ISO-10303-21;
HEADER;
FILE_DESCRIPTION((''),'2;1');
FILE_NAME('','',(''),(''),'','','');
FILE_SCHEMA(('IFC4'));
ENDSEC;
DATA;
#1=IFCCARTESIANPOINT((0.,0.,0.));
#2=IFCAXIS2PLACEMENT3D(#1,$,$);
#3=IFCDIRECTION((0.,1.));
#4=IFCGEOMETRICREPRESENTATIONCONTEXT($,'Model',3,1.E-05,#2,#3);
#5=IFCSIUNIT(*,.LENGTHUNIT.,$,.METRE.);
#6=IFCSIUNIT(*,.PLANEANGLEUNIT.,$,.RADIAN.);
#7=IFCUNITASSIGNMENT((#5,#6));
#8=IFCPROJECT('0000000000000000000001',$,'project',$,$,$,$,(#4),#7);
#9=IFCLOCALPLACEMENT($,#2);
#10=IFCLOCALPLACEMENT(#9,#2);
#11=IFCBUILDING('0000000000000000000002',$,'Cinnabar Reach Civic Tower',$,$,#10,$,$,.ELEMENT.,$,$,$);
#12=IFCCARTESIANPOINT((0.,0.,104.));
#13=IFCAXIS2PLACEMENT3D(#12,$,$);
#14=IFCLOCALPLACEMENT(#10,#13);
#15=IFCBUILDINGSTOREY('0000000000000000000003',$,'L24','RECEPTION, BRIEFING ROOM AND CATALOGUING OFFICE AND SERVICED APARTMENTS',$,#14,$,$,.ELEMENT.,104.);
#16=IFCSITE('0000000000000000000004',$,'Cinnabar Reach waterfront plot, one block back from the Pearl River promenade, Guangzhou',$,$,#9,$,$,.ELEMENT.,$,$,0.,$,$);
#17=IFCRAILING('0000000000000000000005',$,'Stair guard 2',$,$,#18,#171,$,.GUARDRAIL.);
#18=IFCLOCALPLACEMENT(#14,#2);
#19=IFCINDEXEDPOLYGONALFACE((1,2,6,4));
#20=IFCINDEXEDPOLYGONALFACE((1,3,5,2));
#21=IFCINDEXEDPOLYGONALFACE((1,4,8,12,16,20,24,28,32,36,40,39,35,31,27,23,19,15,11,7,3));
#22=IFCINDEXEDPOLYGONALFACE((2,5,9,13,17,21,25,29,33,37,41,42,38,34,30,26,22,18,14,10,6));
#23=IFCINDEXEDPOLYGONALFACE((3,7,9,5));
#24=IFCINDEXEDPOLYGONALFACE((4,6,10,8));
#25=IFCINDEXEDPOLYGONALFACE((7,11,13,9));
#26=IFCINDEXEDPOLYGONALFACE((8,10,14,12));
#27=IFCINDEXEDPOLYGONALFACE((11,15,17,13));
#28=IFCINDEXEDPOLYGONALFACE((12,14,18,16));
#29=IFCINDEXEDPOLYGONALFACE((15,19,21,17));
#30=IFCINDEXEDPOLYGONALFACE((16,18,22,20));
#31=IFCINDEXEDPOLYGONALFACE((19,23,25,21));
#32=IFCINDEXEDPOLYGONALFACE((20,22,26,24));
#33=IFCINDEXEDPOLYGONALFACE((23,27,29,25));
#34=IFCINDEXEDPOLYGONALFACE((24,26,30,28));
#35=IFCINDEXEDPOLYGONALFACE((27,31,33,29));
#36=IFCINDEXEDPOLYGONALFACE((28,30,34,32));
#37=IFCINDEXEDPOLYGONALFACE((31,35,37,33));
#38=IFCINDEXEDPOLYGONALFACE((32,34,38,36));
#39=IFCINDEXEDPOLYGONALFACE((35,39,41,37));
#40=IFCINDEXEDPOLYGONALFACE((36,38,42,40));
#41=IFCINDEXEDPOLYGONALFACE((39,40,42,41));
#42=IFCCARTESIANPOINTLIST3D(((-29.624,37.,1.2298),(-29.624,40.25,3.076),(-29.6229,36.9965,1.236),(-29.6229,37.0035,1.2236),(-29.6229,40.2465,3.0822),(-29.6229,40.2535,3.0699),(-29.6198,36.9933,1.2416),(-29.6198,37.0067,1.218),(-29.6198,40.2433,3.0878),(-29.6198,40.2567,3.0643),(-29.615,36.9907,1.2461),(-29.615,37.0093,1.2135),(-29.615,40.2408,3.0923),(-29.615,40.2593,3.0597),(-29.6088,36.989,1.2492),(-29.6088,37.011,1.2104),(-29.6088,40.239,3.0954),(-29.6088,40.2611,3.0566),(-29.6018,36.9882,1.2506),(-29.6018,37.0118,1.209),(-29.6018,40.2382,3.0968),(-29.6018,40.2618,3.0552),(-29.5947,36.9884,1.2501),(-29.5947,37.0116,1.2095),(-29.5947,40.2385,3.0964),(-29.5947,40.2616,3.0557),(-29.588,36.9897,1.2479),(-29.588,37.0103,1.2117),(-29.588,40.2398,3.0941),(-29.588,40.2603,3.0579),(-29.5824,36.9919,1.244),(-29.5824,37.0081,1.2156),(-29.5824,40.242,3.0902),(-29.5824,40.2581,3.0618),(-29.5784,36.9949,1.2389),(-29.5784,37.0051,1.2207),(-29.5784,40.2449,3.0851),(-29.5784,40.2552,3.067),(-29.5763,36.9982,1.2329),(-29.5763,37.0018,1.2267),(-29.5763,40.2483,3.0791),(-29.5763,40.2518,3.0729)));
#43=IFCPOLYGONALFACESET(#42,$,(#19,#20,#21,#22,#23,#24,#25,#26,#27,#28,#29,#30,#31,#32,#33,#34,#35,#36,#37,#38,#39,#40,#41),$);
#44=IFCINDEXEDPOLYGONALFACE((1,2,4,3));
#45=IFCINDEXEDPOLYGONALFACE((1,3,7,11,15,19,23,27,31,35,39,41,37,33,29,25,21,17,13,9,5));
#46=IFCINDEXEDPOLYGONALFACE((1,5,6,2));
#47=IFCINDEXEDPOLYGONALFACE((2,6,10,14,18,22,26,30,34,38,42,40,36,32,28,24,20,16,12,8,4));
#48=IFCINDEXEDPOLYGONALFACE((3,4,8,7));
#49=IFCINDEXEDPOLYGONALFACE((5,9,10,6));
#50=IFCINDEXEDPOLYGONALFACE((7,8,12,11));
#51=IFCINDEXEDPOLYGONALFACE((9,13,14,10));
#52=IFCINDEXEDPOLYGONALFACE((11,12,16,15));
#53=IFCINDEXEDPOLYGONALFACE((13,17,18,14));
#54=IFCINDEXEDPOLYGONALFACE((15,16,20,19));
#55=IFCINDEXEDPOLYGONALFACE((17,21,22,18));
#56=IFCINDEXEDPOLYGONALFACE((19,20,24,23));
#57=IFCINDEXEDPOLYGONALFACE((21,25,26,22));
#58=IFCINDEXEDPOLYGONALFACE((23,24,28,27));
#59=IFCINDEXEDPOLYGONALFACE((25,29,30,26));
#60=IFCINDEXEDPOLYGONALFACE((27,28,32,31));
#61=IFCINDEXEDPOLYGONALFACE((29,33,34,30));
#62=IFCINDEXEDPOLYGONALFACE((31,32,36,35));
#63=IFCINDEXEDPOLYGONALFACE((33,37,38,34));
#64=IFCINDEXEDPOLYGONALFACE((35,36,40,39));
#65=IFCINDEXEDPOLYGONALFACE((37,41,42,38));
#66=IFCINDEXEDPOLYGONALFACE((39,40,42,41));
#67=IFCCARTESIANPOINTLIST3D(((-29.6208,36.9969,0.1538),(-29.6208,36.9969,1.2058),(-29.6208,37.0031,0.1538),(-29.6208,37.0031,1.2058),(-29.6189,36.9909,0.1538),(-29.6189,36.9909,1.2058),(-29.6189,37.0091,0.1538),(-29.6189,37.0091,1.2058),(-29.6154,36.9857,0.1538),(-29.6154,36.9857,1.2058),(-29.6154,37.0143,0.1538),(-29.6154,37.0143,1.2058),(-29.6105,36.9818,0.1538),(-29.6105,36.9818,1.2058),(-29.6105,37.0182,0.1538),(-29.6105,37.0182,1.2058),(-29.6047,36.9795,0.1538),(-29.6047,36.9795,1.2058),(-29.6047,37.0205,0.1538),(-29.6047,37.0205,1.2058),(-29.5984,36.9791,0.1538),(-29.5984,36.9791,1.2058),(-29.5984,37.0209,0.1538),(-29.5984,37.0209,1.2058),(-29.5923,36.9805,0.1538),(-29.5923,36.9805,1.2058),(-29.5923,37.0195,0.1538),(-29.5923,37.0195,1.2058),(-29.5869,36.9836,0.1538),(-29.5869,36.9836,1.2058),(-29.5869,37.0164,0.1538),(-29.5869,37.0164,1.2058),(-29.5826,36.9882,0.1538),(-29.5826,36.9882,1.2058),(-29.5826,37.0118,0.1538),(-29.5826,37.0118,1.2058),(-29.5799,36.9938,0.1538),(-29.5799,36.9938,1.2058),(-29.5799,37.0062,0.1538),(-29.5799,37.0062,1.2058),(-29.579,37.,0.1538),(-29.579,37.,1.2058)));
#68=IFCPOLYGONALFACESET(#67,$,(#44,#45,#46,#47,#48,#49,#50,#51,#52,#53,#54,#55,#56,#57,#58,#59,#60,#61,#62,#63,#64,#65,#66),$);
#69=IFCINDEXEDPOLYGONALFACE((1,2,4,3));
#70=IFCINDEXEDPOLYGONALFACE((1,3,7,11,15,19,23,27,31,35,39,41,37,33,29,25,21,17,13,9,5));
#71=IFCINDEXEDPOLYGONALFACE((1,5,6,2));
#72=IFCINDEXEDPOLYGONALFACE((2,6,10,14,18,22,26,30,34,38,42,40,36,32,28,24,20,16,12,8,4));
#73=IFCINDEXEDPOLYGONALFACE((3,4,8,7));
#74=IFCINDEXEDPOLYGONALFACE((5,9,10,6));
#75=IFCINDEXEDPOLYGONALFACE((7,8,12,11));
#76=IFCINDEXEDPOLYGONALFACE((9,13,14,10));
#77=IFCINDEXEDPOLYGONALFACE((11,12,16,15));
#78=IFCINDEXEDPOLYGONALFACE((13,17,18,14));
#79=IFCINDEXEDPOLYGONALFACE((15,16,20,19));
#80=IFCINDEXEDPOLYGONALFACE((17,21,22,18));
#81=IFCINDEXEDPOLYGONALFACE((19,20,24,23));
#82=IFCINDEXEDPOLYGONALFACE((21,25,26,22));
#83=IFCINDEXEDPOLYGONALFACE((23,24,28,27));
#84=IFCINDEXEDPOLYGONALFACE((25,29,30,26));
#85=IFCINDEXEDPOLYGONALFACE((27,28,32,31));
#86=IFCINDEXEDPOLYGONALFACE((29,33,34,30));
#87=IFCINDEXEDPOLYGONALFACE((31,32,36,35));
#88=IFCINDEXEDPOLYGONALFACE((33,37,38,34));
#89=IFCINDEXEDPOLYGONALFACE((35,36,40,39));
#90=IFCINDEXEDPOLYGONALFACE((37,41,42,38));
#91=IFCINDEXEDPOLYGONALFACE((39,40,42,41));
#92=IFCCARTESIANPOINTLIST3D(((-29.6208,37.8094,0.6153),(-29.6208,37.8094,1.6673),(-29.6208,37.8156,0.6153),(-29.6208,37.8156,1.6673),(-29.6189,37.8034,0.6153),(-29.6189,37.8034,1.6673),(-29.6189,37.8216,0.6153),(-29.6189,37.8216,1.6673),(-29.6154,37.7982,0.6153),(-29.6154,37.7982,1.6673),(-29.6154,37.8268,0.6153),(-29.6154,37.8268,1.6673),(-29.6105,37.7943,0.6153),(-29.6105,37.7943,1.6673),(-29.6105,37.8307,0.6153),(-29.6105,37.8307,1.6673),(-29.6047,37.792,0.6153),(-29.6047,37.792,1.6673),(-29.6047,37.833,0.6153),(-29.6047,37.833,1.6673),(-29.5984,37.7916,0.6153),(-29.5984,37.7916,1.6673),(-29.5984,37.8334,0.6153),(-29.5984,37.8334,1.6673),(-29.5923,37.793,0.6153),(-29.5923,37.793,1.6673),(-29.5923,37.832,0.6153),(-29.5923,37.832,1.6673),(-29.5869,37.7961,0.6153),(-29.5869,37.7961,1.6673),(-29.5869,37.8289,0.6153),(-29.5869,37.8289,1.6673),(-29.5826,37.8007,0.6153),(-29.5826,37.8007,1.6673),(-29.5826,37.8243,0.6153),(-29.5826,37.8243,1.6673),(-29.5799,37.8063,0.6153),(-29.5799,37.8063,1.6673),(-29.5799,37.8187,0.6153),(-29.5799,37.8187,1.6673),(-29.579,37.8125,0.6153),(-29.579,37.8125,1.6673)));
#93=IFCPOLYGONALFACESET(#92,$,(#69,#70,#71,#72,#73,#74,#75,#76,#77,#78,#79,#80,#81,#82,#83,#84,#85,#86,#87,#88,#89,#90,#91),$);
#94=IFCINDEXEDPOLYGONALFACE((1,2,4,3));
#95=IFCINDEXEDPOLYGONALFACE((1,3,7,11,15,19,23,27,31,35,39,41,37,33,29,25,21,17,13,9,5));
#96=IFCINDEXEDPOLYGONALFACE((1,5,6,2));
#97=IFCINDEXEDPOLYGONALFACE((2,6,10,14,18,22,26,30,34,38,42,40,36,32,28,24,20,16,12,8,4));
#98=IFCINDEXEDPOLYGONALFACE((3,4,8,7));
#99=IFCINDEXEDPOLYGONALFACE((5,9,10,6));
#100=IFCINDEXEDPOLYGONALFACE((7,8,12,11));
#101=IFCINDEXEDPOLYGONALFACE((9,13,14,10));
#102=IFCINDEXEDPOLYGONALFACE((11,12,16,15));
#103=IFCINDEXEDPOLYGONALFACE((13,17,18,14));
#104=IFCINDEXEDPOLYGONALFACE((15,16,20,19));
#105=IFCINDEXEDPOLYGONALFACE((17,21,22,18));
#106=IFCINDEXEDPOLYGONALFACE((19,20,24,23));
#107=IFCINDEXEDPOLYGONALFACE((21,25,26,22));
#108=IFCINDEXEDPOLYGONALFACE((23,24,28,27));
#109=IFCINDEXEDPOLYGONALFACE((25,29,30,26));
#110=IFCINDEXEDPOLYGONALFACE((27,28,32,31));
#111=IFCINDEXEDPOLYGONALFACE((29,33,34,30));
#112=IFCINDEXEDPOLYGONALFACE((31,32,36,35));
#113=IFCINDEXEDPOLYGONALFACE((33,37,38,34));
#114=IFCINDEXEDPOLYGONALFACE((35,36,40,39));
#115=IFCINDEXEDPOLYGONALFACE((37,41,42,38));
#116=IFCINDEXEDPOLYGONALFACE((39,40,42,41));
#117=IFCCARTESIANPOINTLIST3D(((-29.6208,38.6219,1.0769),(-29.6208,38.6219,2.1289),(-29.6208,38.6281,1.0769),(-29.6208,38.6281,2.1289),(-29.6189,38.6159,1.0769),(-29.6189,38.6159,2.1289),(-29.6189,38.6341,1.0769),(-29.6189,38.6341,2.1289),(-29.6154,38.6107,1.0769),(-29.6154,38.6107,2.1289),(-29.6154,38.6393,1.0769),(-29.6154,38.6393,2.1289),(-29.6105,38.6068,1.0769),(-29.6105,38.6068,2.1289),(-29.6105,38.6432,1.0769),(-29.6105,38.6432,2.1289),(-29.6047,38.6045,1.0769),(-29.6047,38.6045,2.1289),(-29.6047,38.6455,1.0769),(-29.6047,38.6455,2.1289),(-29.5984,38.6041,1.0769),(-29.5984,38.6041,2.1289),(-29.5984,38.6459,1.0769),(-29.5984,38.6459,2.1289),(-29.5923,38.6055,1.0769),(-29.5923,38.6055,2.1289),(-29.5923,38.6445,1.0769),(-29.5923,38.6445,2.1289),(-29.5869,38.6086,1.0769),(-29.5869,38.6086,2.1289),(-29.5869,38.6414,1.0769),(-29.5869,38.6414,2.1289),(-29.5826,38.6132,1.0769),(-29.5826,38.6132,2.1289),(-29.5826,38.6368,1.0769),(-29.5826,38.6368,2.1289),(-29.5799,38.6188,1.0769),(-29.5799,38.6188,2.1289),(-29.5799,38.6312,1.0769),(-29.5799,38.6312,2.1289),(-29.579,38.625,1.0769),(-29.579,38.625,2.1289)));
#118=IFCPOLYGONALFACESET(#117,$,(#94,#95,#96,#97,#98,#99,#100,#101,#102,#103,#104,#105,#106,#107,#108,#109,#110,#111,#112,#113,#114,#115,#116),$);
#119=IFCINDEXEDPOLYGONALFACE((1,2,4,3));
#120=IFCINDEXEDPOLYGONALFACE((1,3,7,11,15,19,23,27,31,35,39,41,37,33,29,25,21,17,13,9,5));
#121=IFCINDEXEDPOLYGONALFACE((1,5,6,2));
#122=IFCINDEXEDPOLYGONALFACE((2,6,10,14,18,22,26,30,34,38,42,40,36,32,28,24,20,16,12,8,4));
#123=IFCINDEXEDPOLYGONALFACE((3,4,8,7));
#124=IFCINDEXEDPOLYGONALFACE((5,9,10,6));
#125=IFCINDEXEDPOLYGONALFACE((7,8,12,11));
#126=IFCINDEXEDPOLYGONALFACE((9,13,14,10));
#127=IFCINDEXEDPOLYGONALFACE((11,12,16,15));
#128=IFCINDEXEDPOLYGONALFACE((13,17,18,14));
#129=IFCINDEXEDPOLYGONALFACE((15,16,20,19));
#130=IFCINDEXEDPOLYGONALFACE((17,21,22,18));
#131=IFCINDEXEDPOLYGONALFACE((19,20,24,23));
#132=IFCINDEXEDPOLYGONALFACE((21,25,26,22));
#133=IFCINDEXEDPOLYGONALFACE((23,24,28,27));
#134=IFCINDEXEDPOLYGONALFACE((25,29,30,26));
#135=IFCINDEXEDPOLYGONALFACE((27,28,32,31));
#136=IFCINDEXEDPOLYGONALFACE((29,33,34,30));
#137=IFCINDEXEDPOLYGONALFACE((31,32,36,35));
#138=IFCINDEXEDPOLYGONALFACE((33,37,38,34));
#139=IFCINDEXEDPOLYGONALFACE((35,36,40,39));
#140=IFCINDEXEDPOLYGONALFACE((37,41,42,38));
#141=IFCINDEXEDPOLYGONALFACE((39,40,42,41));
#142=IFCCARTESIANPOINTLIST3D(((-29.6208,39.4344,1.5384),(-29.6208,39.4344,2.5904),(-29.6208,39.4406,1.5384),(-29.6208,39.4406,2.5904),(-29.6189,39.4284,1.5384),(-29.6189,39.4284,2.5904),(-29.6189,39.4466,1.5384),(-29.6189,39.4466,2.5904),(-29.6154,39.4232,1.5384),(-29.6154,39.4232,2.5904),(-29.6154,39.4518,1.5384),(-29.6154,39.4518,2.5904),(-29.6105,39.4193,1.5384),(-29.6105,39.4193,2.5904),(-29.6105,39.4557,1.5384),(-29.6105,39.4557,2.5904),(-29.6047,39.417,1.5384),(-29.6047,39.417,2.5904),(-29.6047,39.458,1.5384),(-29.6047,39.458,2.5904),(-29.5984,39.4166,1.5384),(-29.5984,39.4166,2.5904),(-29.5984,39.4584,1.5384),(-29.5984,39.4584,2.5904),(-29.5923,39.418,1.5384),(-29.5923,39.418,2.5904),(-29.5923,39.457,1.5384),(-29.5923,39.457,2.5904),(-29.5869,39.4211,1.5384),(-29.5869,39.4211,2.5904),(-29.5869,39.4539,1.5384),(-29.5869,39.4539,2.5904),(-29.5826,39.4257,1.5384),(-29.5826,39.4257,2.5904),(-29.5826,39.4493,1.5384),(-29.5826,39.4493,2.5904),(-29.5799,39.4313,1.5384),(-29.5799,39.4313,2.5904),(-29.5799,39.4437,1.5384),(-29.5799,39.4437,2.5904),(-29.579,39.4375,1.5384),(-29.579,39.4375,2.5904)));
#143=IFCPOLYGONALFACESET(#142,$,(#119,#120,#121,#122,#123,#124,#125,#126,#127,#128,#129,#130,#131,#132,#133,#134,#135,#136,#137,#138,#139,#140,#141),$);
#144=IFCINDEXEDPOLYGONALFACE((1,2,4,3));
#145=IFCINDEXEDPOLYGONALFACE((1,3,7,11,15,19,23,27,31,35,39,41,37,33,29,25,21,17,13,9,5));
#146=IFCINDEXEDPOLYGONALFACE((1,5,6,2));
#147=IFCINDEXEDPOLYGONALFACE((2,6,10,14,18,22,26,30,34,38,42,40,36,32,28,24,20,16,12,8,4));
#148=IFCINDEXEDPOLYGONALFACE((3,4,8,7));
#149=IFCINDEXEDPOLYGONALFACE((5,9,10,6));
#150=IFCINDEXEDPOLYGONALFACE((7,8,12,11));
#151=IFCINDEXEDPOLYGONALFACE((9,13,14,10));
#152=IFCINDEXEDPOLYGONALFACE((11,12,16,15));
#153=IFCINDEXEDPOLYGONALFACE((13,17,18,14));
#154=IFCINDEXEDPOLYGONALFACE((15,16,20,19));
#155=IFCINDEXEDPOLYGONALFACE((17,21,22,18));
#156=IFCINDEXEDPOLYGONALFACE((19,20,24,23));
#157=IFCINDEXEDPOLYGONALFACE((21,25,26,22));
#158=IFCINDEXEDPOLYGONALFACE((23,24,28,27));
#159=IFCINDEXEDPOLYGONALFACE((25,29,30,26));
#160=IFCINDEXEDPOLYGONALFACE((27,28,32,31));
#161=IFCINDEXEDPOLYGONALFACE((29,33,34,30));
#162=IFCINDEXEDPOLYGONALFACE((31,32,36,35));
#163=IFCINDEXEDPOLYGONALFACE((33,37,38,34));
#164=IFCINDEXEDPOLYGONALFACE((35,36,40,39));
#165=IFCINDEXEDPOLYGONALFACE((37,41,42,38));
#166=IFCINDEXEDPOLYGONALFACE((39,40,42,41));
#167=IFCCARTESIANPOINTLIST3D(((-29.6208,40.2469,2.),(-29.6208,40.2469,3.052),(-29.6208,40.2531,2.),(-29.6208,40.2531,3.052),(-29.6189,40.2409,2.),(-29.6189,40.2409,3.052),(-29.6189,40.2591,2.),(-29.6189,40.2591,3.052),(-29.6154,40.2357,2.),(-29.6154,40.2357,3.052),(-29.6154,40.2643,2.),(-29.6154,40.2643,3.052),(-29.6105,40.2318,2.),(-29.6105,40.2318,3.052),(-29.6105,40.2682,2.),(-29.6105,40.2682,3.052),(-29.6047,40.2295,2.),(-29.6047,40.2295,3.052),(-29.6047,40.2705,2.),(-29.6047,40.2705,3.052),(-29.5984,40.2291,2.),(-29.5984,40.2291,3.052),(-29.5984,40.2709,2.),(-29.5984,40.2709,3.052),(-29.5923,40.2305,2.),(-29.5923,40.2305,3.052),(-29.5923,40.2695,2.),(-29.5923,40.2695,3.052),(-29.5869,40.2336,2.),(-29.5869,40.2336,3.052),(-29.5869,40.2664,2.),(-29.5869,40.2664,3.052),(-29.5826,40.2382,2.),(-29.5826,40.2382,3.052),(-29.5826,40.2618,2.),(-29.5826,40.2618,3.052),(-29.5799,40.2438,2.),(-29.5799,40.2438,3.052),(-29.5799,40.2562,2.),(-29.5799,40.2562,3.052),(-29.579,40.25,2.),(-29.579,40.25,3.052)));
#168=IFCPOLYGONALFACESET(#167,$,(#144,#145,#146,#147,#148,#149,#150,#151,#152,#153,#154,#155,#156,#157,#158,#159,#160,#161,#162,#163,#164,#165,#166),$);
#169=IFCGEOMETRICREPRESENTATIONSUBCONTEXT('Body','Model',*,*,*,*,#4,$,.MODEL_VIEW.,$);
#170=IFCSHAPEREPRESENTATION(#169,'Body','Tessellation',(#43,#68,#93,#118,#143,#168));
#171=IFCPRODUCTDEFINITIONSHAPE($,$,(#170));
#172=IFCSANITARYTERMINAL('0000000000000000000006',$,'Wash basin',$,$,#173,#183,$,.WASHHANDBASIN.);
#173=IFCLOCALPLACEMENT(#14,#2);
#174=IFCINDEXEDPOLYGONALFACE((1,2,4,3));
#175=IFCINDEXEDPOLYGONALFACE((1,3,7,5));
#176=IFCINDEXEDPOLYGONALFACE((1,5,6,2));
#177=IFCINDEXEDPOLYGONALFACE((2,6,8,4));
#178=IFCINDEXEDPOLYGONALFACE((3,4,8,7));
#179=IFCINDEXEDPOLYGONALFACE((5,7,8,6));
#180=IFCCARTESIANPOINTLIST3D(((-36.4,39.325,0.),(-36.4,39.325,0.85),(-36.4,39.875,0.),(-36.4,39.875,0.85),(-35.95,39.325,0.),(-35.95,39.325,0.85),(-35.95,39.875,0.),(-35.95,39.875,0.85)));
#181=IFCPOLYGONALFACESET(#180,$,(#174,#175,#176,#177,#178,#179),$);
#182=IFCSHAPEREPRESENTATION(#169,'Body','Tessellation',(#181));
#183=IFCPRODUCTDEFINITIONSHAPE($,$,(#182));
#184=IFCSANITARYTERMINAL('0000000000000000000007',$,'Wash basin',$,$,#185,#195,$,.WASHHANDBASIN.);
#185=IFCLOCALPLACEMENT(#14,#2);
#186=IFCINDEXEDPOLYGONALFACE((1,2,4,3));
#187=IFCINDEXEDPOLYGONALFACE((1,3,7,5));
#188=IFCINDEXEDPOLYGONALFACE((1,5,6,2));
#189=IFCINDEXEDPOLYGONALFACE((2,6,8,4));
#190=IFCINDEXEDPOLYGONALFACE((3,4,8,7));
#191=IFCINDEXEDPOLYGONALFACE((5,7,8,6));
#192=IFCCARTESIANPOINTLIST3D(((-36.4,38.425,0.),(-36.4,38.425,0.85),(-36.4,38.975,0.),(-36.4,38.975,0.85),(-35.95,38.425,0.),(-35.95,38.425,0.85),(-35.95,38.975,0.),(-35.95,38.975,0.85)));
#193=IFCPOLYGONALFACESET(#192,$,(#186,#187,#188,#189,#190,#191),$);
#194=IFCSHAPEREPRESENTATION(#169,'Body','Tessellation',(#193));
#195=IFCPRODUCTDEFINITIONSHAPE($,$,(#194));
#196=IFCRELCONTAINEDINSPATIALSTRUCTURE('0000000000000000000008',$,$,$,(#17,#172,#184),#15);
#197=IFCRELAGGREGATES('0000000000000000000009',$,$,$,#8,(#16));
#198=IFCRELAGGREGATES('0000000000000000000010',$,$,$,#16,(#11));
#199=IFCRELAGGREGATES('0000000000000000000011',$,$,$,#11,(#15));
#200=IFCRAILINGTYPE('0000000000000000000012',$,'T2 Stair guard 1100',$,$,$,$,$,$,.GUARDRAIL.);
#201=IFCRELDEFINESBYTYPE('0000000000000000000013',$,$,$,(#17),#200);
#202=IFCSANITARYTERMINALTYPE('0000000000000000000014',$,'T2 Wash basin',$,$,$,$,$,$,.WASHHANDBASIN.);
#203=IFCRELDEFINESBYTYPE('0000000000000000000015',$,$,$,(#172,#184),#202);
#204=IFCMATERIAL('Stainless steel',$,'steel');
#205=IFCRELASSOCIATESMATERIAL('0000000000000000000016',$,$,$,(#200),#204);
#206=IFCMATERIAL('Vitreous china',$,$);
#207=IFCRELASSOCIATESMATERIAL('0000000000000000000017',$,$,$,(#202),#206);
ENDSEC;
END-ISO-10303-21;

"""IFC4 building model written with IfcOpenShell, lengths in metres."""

from ifc_helpers import new_model, si_unit, direction, frame, origin, origin_2d, place, context, subcontext, project, spatial, rectangle, circle, extrude, material, type_object, element, save


model = new_model("IFC4")

# Units and contexts
model_context = context("Model", 3, precision=1e-05, world=origin(), true_north=direction((0.0, 1.0)))
body_context = subcontext(model_context, "Body", "Model", "MODEL_VIEW")
ifc_project = project(units=[si_unit("LENGTHUNIT", "METRE"), si_unit("PLANEANGLEUNIT", "RADIAN")], contexts=[model_context])

# Site, building, storey
site_placement = place(None, origin())
site = spatial("IfcSite", under=ifc_project, at=site_placement, Name="Cinnabar Reach waterfront plot, one block back from the Pearl River promenade, Guangzhou", CompositionType="ELEMENT", RefElevation=0.0)
building_placement = place(site_placement, origin())
building = spatial("IfcBuilding", under=site, at=building_placement, Name="Cinnabar Reach Civic Tower", CompositionType="ELEMENT")
storey_placement = place(building_placement, frame((0.0, 0.0, 104.0)))
storey = spatial("IfcBuildingStorey", under=building, at=storey_placement, Name="L24", Description="RECEPTION, BRIEFING ROOM AND CATALOGUING OFFICE AND SERVICED APARTMENTS", CompositionType="ELEMENT", Elevation=104.0)

# Railing
ifc_material_1 = material(Name="Stainless steel", Category="steel")
railing_type = type_object("IfcRailingType", Name="T2 Stair guard 1100", PredefinedType="GUARDRAIL", material=ifc_material_1)
railing_placement = place(storey_placement, frame((-29.6, 37.0, 0.1538)))
element("IfcRailing", 1, at=railing_placement, inside=storey, type_object=railing_type, Name="Stair guard 2", PredefinedType="GUARDRAIL", context=body_context, shape_type="SweptSolid", body=[
    extrude(circle(Radius=0.024, at=origin_2d()), frame((0.0, 0.0, 1.076), z_axis=(0.0, 0.869501, 0.49393), x_axis=(-1.0, 0.0, 0.0)), (0.0, 0.0, 1.0), 3.7378),
    extrude(circle(Radius=0.021, at=origin_2d()), origin(), (0.0, 0.0, 1.0), 1.052),
    extrude(circle(Radius=0.021, at=origin_2d()), frame((0.0, 0.8125, 0.4615)), (0.0, 0.0, 1.0), 1.052),
    extrude(circle(Radius=0.021, at=origin_2d()), frame((0.0, 1.625, 0.9231)), (0.0, 0.0, 1.0), 1.052),
    extrude(circle(Radius=0.021, at=origin_2d()), frame((0.0, 2.4375, 1.3846)), (0.0, 0.0, 1.0), 1.052),
    extrude(circle(Radius=0.021, at=origin_2d()), frame((0.0, 3.25, 1.8462)), (0.0, 0.0, 1.0), 1.052),
])

# Sanitary terminals
ifc_material_2 = material(Name="Vitreous china")
sanitary_terminal_type = type_object("IfcSanitaryTerminalType", Name="T2 Wash basin", PredefinedType="WASHHANDBASIN", material=ifc_material_2)
for number, where, z_axis, x_axis, name in (
    (2, (-36.175, 39.6, 0.0), (0.0, 0.0, 1.0), (1.0, 0.0, 0.0), "Wash basin"),
    (3, (-36.175, 38.7, 0.0), (0.0, 0.0, 1.0), (1.0, 0.0, 0.0), "Wash basin"),
):
    element("IfcSanitaryTerminal", number, at=place(storey_placement, frame(where, z_axis=z_axis, x_axis=x_axis)), inside=storey, type_object=sanitary_terminal_type, Name=name, PredefinedType="WASHHANDBASIN", context=body_context, shape_type="SweptSolid", body=[
        extrude(rectangle(XDim=0.45, YDim=0.55, at=origin_2d()), origin(), (0.0, 0.0, 1.0), 0.85),
    ])

save(model, "model.ifc")
